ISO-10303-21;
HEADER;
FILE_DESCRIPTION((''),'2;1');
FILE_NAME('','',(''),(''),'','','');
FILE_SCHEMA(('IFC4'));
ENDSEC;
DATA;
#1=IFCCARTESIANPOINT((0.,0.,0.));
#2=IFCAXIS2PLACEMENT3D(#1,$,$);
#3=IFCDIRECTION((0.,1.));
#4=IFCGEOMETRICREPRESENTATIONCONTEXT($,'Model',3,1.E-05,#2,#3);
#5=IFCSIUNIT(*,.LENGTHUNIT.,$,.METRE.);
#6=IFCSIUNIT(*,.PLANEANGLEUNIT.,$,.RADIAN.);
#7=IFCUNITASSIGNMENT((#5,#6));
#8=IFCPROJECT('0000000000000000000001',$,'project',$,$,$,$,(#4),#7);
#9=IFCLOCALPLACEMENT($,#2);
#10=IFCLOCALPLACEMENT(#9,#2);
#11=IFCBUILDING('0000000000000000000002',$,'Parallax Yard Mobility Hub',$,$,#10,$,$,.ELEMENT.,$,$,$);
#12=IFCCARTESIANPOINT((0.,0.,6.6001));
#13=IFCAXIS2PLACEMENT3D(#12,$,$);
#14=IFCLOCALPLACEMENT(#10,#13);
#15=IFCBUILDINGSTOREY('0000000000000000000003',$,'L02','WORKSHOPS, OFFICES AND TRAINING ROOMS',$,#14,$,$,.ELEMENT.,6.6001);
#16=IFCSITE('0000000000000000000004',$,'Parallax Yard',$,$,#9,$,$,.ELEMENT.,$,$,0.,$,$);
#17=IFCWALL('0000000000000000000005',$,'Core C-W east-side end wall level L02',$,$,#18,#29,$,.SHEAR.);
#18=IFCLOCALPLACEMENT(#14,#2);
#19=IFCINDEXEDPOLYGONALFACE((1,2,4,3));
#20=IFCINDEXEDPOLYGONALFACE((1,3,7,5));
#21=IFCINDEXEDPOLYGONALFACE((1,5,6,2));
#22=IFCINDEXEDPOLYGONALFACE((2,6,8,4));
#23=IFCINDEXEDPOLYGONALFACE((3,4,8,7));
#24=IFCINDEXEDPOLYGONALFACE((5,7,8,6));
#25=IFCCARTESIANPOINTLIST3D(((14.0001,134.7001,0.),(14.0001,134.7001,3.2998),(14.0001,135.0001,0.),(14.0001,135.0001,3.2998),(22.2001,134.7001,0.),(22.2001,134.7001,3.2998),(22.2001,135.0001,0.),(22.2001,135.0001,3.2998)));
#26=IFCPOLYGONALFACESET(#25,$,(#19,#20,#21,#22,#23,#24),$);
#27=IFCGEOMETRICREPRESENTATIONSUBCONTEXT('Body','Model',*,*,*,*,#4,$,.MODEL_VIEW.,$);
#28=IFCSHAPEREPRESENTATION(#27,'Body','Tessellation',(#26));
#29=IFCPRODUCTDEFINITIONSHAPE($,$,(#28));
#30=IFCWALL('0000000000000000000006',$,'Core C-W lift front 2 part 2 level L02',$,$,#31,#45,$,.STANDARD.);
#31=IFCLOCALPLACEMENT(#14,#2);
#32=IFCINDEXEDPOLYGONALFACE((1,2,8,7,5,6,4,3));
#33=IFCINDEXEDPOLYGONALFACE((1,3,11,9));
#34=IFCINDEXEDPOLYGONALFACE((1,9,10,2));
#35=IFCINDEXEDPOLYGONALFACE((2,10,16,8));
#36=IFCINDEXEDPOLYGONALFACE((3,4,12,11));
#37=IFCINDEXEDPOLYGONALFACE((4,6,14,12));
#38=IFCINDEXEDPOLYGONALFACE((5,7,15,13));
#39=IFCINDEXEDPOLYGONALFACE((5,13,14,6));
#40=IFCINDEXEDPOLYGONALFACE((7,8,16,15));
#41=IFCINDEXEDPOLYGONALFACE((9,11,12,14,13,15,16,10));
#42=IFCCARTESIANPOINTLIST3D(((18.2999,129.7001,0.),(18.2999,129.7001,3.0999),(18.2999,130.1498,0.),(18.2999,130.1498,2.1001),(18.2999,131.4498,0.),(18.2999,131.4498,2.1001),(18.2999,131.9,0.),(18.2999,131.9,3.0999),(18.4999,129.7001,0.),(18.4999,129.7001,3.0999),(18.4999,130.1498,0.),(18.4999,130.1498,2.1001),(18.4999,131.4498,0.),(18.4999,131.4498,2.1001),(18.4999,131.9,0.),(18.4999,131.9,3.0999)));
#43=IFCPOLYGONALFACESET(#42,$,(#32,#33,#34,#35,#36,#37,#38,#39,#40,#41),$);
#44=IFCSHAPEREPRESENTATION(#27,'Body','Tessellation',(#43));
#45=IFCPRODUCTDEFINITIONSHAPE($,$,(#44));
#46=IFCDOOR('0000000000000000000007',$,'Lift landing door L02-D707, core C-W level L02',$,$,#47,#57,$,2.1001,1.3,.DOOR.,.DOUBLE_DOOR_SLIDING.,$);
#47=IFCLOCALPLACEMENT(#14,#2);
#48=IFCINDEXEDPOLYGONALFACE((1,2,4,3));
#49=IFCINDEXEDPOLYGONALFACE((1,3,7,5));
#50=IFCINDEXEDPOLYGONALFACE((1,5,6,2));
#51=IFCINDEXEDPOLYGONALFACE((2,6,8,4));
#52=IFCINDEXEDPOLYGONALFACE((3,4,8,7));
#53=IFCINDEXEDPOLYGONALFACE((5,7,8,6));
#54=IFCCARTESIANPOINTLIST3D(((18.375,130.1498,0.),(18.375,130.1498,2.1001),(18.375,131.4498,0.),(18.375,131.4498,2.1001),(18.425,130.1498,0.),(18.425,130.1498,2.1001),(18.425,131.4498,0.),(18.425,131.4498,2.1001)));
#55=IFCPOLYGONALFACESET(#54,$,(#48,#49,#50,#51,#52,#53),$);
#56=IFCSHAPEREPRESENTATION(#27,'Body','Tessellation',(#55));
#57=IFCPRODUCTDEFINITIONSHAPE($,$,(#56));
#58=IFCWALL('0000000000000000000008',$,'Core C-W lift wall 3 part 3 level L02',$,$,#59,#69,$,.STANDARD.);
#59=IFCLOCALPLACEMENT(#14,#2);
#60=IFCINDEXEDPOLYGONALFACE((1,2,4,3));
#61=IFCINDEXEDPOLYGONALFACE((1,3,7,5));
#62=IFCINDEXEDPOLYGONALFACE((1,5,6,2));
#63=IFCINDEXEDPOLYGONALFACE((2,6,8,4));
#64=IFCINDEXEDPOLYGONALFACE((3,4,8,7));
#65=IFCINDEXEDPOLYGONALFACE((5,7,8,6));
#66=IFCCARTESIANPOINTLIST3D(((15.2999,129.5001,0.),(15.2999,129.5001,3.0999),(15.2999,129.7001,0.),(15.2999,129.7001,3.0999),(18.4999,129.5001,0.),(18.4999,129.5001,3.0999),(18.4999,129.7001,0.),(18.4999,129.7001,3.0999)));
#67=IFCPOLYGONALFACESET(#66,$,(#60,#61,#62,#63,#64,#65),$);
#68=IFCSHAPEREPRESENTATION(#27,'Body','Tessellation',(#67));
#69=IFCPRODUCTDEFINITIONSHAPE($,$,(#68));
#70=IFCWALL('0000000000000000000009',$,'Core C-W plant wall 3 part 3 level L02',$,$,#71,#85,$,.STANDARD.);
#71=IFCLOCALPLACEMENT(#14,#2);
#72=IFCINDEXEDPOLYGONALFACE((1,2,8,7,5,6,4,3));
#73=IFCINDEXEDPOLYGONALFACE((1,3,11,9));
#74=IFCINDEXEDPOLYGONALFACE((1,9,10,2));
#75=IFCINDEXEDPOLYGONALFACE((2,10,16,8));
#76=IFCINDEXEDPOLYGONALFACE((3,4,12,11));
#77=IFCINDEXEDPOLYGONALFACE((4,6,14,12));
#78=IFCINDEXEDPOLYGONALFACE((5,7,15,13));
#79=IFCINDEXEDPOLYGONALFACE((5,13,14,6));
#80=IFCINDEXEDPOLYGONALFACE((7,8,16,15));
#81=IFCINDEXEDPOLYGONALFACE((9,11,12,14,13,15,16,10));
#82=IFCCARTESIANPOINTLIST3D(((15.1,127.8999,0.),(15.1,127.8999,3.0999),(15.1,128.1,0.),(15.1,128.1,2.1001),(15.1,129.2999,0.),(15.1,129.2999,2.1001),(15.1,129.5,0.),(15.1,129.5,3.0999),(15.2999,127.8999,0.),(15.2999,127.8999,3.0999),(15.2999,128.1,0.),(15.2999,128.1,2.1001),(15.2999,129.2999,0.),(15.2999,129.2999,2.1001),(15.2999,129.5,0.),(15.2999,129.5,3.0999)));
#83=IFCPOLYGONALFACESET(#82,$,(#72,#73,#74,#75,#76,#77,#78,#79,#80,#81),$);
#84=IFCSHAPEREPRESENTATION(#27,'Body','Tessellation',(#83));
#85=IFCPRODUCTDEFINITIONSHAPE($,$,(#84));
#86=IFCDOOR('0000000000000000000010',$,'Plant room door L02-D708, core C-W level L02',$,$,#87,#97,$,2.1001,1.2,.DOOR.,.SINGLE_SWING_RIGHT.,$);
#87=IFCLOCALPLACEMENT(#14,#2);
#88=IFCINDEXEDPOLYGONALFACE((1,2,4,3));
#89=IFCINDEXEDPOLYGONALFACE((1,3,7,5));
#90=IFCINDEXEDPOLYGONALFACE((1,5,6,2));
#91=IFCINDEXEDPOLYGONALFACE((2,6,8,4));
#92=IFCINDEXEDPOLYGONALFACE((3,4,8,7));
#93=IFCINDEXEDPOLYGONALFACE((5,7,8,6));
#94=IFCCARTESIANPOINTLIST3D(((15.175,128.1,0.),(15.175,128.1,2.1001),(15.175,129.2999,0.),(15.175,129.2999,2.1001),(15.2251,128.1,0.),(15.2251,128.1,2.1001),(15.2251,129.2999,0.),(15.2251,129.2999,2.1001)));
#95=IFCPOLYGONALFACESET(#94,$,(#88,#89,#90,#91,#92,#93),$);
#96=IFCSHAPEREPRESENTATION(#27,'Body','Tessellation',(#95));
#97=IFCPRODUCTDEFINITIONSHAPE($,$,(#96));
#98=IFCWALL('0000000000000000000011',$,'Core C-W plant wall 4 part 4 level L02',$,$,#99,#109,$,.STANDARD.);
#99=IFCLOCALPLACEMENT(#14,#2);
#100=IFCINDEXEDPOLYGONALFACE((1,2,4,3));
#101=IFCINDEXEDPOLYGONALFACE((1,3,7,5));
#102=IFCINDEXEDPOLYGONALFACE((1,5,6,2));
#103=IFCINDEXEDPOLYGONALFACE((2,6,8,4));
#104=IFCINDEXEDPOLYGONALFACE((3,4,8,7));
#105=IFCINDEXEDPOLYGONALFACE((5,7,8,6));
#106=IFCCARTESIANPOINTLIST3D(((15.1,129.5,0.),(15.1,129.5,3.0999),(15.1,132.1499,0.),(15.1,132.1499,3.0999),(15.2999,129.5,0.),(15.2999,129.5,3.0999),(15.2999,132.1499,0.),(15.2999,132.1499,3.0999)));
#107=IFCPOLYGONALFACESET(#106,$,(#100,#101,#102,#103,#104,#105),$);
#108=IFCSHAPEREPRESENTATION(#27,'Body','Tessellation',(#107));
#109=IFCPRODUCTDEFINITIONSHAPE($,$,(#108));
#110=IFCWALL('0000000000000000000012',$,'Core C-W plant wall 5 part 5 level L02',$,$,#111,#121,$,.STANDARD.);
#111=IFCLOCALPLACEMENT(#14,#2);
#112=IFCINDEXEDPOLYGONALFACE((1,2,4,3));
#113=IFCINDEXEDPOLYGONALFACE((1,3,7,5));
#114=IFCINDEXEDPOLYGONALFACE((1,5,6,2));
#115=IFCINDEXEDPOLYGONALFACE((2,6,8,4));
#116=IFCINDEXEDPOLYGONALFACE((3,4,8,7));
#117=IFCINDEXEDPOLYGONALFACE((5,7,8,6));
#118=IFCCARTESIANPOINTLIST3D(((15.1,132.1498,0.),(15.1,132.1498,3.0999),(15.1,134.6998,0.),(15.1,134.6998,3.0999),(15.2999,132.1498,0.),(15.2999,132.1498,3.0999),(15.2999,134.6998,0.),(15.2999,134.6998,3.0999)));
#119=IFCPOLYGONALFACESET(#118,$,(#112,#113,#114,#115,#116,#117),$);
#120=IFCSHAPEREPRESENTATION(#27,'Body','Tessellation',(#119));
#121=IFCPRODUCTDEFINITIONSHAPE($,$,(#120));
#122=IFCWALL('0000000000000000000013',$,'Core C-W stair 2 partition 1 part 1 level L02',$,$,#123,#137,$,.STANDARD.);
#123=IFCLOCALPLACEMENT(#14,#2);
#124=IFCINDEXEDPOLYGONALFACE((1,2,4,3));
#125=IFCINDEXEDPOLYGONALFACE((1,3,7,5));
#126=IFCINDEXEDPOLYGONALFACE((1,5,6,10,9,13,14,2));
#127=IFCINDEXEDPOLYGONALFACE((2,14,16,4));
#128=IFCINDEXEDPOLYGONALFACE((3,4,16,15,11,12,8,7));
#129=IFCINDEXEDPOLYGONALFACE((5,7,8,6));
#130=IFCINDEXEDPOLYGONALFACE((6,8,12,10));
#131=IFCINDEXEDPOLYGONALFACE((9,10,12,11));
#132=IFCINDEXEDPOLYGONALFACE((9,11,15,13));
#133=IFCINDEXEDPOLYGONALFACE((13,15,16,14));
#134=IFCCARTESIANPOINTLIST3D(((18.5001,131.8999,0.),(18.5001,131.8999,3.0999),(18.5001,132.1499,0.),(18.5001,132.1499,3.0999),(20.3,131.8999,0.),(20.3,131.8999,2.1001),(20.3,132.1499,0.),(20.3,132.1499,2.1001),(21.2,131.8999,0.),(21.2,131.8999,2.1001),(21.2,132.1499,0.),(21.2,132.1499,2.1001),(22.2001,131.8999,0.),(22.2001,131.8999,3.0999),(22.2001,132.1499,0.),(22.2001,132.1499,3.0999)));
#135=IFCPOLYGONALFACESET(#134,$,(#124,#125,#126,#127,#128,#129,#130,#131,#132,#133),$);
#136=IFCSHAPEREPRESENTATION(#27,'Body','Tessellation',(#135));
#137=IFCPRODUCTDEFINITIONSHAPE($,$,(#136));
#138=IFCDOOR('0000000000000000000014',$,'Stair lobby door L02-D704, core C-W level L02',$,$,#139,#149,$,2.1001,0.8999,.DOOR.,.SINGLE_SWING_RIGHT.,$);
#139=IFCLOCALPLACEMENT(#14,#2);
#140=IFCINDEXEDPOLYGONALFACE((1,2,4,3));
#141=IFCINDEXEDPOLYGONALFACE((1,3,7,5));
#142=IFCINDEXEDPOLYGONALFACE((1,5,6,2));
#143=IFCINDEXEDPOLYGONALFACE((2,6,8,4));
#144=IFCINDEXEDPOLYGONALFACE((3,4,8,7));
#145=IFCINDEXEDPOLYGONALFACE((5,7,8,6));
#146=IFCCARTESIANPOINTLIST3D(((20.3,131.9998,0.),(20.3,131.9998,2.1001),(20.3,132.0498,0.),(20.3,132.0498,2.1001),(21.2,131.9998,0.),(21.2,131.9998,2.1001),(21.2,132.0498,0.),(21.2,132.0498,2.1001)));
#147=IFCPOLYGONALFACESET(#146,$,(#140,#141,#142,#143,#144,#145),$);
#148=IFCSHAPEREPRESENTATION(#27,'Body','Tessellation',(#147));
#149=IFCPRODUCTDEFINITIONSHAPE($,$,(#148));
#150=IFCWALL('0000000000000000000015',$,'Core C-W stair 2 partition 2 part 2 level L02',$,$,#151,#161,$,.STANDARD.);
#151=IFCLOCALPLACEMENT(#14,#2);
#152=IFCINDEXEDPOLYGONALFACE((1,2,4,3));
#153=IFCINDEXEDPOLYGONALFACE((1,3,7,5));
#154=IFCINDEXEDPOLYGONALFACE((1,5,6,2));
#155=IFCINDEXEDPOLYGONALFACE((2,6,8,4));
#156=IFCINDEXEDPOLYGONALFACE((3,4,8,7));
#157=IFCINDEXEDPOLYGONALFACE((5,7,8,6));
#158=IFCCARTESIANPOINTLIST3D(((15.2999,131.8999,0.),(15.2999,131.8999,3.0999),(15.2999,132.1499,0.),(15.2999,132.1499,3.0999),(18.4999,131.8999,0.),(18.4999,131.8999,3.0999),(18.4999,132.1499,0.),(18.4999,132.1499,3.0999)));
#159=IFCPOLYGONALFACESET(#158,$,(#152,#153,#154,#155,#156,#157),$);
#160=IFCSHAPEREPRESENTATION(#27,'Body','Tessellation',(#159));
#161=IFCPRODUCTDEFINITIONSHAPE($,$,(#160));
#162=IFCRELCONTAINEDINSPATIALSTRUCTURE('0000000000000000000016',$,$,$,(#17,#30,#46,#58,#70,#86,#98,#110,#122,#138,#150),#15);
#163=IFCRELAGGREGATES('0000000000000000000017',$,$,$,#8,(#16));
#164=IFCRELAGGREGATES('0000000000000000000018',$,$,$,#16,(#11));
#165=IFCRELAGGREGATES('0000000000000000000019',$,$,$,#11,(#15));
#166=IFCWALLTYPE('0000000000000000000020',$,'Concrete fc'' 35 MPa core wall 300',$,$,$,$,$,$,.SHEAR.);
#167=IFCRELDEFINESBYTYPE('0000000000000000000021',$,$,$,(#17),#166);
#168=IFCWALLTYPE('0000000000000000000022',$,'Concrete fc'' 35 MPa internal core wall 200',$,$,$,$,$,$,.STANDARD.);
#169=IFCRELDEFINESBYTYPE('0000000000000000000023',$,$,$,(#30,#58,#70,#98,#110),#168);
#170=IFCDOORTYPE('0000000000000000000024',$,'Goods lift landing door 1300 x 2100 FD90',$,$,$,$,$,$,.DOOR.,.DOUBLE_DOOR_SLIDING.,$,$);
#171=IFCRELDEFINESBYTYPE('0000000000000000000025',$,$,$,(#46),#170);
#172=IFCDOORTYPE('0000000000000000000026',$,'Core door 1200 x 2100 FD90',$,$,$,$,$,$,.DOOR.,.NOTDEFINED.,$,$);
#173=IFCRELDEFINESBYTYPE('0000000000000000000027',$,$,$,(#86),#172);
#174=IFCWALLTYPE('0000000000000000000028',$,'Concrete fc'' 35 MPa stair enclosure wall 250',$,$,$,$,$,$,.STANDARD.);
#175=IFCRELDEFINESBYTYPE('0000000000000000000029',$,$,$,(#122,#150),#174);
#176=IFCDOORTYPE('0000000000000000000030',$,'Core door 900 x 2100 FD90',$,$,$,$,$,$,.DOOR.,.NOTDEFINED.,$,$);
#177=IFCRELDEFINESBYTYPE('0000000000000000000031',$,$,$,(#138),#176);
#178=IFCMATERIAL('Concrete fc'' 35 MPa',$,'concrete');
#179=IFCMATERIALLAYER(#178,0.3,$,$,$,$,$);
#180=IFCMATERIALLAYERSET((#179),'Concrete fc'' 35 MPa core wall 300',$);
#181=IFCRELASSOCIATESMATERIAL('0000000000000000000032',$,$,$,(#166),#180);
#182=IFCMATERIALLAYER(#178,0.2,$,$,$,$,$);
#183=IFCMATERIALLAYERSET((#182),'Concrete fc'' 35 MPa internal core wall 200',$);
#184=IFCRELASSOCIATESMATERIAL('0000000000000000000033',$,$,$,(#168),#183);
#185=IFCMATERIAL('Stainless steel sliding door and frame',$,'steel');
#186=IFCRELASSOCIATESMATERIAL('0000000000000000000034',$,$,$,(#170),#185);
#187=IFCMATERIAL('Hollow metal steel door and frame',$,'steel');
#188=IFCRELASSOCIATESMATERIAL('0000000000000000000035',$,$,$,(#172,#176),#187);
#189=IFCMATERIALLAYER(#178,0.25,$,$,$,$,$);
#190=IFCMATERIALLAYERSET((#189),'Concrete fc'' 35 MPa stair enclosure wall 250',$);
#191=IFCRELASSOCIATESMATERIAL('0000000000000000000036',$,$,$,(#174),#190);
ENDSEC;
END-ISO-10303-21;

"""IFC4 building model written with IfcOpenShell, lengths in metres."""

from ifc_helpers import new_model, si_unit, direction, frame, frame_2d, origin, place, context, subcontext, project, spatial, rectangle, extrude, material, layer, layer_set, type_object, element, fill, save


model = new_model("IFC4")

# Units and contexts
model_context = context("Model", 3, precision=1e-05, world=origin(), true_north=direction((0.0, 1.0)))
body_context = subcontext(model_context, "Body", "Model", "MODEL_VIEW")
ifc_project = project(units=[si_unit("LENGTHUNIT", "METRE"), si_unit("PLANEANGLEUNIT", "RADIAN")], contexts=[model_context])

# Site, building, storey
site_placement = place(None, origin())
site = spatial("IfcSite", under=ifc_project, at=site_placement, Name="Parallax Yard", CompositionType="ELEMENT", RefElevation=0.0)
building_placement = place(site_placement, origin())
building = spatial("IfcBuilding", under=site, at=building_placement, Name="Parallax Yard Mobility Hub", CompositionType="ELEMENT")
storey_placement = place(building_placement, frame((0.0, 0.0, 6.6001)))
storey = spatial("IfcBuildingStorey", under=building, at=storey_placement, Name="L02", Description="WORKSHOPS, OFFICES AND TRAINING ROOMS", CompositionType="ELEMENT", Elevation=6.6001)

# Wall
ifc_material_1 = material(Name="Concrete fc' 35 MPa", Category="concrete")
ifc_layer_1 = layer(ifc_material_1, 0.3)
ifc_layer_set_1 = layer_set([ifc_layer_1], Name="Concrete fc' 35 MPa core wall 300")
wall_type_1 = type_object("IfcWallType", Name="Concrete fc' 35 MPa core wall 300", PredefinedType="SHEAR", material=ifc_layer_set_1)
wall_1_placement = place(storey_placement, frame((14.0, 134.8501, 0.0), z_axis=(0.0, 0.0, 1.0), x_axis=(1.0, 0.0, 0.0)))
element("IfcWall", 1, at=wall_1_placement, inside=storey, type_object=wall_type_1, Name="Core C-W east-side end wall level L02", PredefinedType="SHEAR", context=body_context, shape_type="SweptSolid", body=[
    extrude(rectangle(XDim=8.2, YDim=0.3, at=frame_2d((4.1001, 0.0))), origin(), (0.0, 0.0, 1.0), 3.2998),
])

# Wall, opening, door
ifc_layer_2 = layer(ifc_material_1, 0.2)
ifc_layer_set_2 = layer_set([ifc_layer_2], Name="Concrete fc' 35 MPa internal core wall 200")
wall_type_2 = type_object("IfcWallType", Name="Concrete fc' 35 MPa internal core wall 200", PredefinedType="STANDARD", material=ifc_layer_set_2)
wall_2_placement = place(storey_placement, frame((18.3999, 129.7, 0.0), z_axis=(0.0, 0.0, 1.0), x_axis=(0.0, 1.0, 0.0)))
wall_2 = element("IfcWall", 2, at=wall_2_placement, inside=storey, type_object=wall_type_2, Name="Core C-W lift front 2 part 2 level L02", PredefinedType="STANDARD", context=body_context, shape_type="SweptSolid", body=[
    extrude(rectangle(XDim=2.2, YDim=0.2, at=frame_2d((1.1001, 0.0))), origin(), (0.0, 0.0, 1.0), 3.0999),
])
opening_1_placement = place(wall_2_placement, frame((0.45, 0.0, 0.0)))
opening_1 = element("IfcOpeningElement", 3, at=opening_1_placement, cuts=wall_2, PredefinedType="OPENING", context=body_context, shape_type="SweptSolid", body=[
    extrude(rectangle(XDim=1.3, YDim=2.1001, at=frame_2d((0.6499, 1.05))), frame((0.0, 0.1099, 0.0), z_axis=(0.0, -1.0, 0.0), x_axis=(1.0, 0.0, 0.0)), (0.0, 0.0, 1.0), 0.22),
])
ifc_material_2 = material(Name="Stainless steel sliding door and frame", Category="steel")
door_type_1 = type_object("IfcDoorType", Name="Goods lift landing door 1300 x 2100 FD90", OperationType="DOUBLE_DOOR_SLIDING", PredefinedType="DOOR", material=ifc_material_2)
door_1_placement = place(opening_1_placement, origin())
door_1 = element("IfcDoor", 4, at=door_1_placement, inside=storey, type_object=door_type_1, Name="Lift landing door L02-D707, core C-W level L02", OperationType="DOUBLE_DOOR_SLIDING", OverallHeight=2.1001, OverallWidth=1.3, PredefinedType="DOOR", context=body_context, shape_type="SweptSolid", body=[
    extrude(rectangle(XDim=1.3, YDim=2.1001, at=frame_2d((0.6499, 1.05))), frame((0.0, 0.0249, 0.0), z_axis=(0.0, -1.0, 0.0), x_axis=(1.0, 0.0, 0.0)), (0.0, 0.0, 1.0), 0.05),
])
fill(opening_1, door_1)

# Wall
wall_3_placement = place(storey_placement, frame((18.5, 129.6001, 0.0), z_axis=(0.0, 0.0, 1.0), x_axis=(-1.0, 0.0, 0.0)))
element("IfcWall", 5, at=wall_3_placement, inside=storey, type_object=wall_type_2, Name="Core C-W lift wall 3 part 3 level L02", PredefinedType="STANDARD", context=body_context, shape_type="SweptSolid", body=[
    extrude(rectangle(XDim=3.2, YDim=0.2, at=frame_2d((1.6001, 0.0))), origin(), (0.0, 0.0, 1.0), 3.0999),
])

# Wall, opening, door
wall_4_placement = place(storey_placement, frame((15.2, 127.8999, 0.0), z_axis=(0.0, 0.0, 1.0), x_axis=(0.0, 1.0, 0.0)))
wall_4 = element("IfcWall", 6, at=wall_4_placement, inside=storey, type_object=wall_type_2, Name="Core C-W plant wall 3 part 3 level L02", PredefinedType="STANDARD", context=body_context, shape_type="SweptSolid", body=[
    extrude(rectangle(XDim=1.6001, YDim=0.2, at=frame_2d((0.8, 0.0))), origin(), (0.0, 0.0, 1.0), 3.0999),
])
opening_2_placement = place(wall_4_placement, frame((0.2, 0.0, 0.0)))
opening_2 = element("IfcOpeningElement", 7, at=opening_2_placement, cuts=wall_4, PredefinedType="OPENING", context=body_context, shape_type="SweptSolid", body=[
    extrude(rectangle(XDim=1.2, YDim=2.1001, at=frame_2d((0.6001, 1.05))), frame((0.0, 0.1099, 0.0), z_axis=(0.0, -1.0, 0.0), x_axis=(1.0, 0.0, 0.0)), (0.0, 0.0, 1.0), 0.22),
])
ifc_material_3 = material(Name="Hollow metal steel door and frame", Category="steel")
door_type_2 = type_object("IfcDoorType", Name="Core door 1200 x 2100 FD90", OperationType="NOTDEFINED", PredefinedType="DOOR", material=ifc_material_3)
door_2_placement = place(opening_2_placement, origin())
door_2 = element("IfcDoor", 8, at=door_2_placement, inside=storey, type_object=door_type_2, Name="Plant room door L02-D708, core C-W level L02", OperationType="SINGLE_SWING_RIGHT", OverallHeight=2.1001, OverallWidth=1.2, PredefinedType="DOOR", context=body_context, shape_type="SweptSolid", body=[
    extrude(rectangle(XDim=1.2, YDim=2.1001, at=frame_2d((0.6001, 1.05))), frame((0.0, 0.0249, 0.0), z_axis=(0.0, -1.0, 0.0), x_axis=(1.0, 0.0, 0.0)), (0.0, 0.0, 1.0), 0.05),
])
fill(opening_2, door_2)

# Walls
wall_5_placement = place(storey_placement, frame((15.2, 129.5, 0.0), z_axis=(0.0, 0.0, 1.0), x_axis=(0.0, 1.0, 0.0)))
element("IfcWall", 9, at=wall_5_placement, inside=storey, type_object=wall_type_2, Name="Core C-W plant wall 4 part 4 level L02", PredefinedType="STANDARD", context=body_context, shape_type="SweptSolid", body=[
    extrude(rectangle(XDim=2.6499, YDim=0.2, at=frame_2d((1.325, 0.0))), origin(), (0.0, 0.0, 1.0), 3.0999),
])
wall_6_placement = place(storey_placement, frame((15.2, 132.1499, 0.0), z_axis=(0.0, 0.0, 1.0), x_axis=(0.0, 1.0, 0.0)))
element("IfcWall", 10, at=wall_6_placement, inside=storey, type_object=wall_type_2, Name="Core C-W plant wall 5 part 5 level L02", PredefinedType="STANDARD", context=body_context, shape_type="SweptSolid", body=[
    extrude(rectangle(XDim=2.55, YDim=0.2, at=frame_2d((1.2749, 0.0))), origin(), (0.0, 0.0, 1.0), 3.0999),
])

# Wall, opening, door
ifc_layer_3 = layer(ifc_material_1, 0.25)
ifc_layer_set_3 = layer_set([ifc_layer_3], Name="Concrete fc' 35 MPa stair enclosure wall 250")
wall_type_3 = type_object("IfcWallType", Name="Concrete fc' 35 MPa stair enclosure wall 250", PredefinedType="STANDARD", material=ifc_layer_set_3)
wall_7_placement = place(storey_placement, frame((18.5, 132.0249, 0.0), z_axis=(0.0, 0.0, 1.0), x_axis=(1.0, 0.0, 0.0)))
wall_7 = element("IfcWall", 11, at=wall_7_placement, inside=storey, type_object=wall_type_3, Name="Core C-W stair 2 partition 1 part 1 level L02", PredefinedType="STANDARD", context=body_context, shape_type="SweptSolid", body=[
    extrude(rectangle(XDim=3.7, YDim=0.25, at=frame_2d((1.8501, 0.0))), origin(), (0.0, 0.0, 1.0), 3.0999),
])
opening_3_placement = place(wall_7_placement, frame((1.8, 0.0, 0.0)))
opening_3 = element("IfcOpeningElement", 12, at=opening_3_placement, cuts=wall_7, PredefinedType="OPENING", context=body_context, shape_type="SweptSolid", body=[
    extrude(rectangle(XDim=0.8999, YDim=2.1001, at=frame_2d((0.45, 1.05))), frame((0.0, 0.135, 0.0), z_axis=(0.0, -1.0, 0.0), x_axis=(1.0, 0.0, 0.0)), (0.0, 0.0, 1.0), 0.27),
])
door_type_3 = type_object("IfcDoorType", Name="Core door 900 x 2100 FD90", OperationType="NOTDEFINED", PredefinedType="DOOR", material=ifc_material_3)
door_3_placement = place(opening_3_placement, origin())
door_3 = element("IfcDoor", 13, at=door_3_placement, inside=storey, type_object=door_type_3, Name="Stair lobby door L02-D704, core C-W level L02", OperationType="SINGLE_SWING_RIGHT", OverallHeight=2.1001, OverallWidth=0.8999, PredefinedType="DOOR", context=body_context, shape_type="SweptSolid", body=[
    extrude(rectangle(XDim=0.8999, YDim=2.1001, at=frame_2d((0.45, 1.05))), frame((0.0, 0.0249, 0.0), z_axis=(0.0, -1.0, 0.0), x_axis=(1.0, 0.0, 0.0)), (0.0, 0.0, 1.0), 0.05),
])
fill(opening_3, door_3)

# Wall
wall_8_placement = place(storey_placement, frame((18.5, 132.0249, 0.0), z_axis=(0.0, 0.0, 1.0), x_axis=(-1.0, 0.0, 0.0)))
element("IfcWall", 14, at=wall_8_placement, inside=storey, type_object=wall_type_3, Name="Core C-W stair 2 partition 2 part 2 level L02", PredefinedType="STANDARD", context=body_context, shape_type="SweptSolid", body=[
    extrude(rectangle(XDim=3.2, YDim=0.25, at=frame_2d((1.6001, 0.0))), origin(), (0.0, 0.0, 1.0), 3.0999),
])

save(model, "model.ifc")
